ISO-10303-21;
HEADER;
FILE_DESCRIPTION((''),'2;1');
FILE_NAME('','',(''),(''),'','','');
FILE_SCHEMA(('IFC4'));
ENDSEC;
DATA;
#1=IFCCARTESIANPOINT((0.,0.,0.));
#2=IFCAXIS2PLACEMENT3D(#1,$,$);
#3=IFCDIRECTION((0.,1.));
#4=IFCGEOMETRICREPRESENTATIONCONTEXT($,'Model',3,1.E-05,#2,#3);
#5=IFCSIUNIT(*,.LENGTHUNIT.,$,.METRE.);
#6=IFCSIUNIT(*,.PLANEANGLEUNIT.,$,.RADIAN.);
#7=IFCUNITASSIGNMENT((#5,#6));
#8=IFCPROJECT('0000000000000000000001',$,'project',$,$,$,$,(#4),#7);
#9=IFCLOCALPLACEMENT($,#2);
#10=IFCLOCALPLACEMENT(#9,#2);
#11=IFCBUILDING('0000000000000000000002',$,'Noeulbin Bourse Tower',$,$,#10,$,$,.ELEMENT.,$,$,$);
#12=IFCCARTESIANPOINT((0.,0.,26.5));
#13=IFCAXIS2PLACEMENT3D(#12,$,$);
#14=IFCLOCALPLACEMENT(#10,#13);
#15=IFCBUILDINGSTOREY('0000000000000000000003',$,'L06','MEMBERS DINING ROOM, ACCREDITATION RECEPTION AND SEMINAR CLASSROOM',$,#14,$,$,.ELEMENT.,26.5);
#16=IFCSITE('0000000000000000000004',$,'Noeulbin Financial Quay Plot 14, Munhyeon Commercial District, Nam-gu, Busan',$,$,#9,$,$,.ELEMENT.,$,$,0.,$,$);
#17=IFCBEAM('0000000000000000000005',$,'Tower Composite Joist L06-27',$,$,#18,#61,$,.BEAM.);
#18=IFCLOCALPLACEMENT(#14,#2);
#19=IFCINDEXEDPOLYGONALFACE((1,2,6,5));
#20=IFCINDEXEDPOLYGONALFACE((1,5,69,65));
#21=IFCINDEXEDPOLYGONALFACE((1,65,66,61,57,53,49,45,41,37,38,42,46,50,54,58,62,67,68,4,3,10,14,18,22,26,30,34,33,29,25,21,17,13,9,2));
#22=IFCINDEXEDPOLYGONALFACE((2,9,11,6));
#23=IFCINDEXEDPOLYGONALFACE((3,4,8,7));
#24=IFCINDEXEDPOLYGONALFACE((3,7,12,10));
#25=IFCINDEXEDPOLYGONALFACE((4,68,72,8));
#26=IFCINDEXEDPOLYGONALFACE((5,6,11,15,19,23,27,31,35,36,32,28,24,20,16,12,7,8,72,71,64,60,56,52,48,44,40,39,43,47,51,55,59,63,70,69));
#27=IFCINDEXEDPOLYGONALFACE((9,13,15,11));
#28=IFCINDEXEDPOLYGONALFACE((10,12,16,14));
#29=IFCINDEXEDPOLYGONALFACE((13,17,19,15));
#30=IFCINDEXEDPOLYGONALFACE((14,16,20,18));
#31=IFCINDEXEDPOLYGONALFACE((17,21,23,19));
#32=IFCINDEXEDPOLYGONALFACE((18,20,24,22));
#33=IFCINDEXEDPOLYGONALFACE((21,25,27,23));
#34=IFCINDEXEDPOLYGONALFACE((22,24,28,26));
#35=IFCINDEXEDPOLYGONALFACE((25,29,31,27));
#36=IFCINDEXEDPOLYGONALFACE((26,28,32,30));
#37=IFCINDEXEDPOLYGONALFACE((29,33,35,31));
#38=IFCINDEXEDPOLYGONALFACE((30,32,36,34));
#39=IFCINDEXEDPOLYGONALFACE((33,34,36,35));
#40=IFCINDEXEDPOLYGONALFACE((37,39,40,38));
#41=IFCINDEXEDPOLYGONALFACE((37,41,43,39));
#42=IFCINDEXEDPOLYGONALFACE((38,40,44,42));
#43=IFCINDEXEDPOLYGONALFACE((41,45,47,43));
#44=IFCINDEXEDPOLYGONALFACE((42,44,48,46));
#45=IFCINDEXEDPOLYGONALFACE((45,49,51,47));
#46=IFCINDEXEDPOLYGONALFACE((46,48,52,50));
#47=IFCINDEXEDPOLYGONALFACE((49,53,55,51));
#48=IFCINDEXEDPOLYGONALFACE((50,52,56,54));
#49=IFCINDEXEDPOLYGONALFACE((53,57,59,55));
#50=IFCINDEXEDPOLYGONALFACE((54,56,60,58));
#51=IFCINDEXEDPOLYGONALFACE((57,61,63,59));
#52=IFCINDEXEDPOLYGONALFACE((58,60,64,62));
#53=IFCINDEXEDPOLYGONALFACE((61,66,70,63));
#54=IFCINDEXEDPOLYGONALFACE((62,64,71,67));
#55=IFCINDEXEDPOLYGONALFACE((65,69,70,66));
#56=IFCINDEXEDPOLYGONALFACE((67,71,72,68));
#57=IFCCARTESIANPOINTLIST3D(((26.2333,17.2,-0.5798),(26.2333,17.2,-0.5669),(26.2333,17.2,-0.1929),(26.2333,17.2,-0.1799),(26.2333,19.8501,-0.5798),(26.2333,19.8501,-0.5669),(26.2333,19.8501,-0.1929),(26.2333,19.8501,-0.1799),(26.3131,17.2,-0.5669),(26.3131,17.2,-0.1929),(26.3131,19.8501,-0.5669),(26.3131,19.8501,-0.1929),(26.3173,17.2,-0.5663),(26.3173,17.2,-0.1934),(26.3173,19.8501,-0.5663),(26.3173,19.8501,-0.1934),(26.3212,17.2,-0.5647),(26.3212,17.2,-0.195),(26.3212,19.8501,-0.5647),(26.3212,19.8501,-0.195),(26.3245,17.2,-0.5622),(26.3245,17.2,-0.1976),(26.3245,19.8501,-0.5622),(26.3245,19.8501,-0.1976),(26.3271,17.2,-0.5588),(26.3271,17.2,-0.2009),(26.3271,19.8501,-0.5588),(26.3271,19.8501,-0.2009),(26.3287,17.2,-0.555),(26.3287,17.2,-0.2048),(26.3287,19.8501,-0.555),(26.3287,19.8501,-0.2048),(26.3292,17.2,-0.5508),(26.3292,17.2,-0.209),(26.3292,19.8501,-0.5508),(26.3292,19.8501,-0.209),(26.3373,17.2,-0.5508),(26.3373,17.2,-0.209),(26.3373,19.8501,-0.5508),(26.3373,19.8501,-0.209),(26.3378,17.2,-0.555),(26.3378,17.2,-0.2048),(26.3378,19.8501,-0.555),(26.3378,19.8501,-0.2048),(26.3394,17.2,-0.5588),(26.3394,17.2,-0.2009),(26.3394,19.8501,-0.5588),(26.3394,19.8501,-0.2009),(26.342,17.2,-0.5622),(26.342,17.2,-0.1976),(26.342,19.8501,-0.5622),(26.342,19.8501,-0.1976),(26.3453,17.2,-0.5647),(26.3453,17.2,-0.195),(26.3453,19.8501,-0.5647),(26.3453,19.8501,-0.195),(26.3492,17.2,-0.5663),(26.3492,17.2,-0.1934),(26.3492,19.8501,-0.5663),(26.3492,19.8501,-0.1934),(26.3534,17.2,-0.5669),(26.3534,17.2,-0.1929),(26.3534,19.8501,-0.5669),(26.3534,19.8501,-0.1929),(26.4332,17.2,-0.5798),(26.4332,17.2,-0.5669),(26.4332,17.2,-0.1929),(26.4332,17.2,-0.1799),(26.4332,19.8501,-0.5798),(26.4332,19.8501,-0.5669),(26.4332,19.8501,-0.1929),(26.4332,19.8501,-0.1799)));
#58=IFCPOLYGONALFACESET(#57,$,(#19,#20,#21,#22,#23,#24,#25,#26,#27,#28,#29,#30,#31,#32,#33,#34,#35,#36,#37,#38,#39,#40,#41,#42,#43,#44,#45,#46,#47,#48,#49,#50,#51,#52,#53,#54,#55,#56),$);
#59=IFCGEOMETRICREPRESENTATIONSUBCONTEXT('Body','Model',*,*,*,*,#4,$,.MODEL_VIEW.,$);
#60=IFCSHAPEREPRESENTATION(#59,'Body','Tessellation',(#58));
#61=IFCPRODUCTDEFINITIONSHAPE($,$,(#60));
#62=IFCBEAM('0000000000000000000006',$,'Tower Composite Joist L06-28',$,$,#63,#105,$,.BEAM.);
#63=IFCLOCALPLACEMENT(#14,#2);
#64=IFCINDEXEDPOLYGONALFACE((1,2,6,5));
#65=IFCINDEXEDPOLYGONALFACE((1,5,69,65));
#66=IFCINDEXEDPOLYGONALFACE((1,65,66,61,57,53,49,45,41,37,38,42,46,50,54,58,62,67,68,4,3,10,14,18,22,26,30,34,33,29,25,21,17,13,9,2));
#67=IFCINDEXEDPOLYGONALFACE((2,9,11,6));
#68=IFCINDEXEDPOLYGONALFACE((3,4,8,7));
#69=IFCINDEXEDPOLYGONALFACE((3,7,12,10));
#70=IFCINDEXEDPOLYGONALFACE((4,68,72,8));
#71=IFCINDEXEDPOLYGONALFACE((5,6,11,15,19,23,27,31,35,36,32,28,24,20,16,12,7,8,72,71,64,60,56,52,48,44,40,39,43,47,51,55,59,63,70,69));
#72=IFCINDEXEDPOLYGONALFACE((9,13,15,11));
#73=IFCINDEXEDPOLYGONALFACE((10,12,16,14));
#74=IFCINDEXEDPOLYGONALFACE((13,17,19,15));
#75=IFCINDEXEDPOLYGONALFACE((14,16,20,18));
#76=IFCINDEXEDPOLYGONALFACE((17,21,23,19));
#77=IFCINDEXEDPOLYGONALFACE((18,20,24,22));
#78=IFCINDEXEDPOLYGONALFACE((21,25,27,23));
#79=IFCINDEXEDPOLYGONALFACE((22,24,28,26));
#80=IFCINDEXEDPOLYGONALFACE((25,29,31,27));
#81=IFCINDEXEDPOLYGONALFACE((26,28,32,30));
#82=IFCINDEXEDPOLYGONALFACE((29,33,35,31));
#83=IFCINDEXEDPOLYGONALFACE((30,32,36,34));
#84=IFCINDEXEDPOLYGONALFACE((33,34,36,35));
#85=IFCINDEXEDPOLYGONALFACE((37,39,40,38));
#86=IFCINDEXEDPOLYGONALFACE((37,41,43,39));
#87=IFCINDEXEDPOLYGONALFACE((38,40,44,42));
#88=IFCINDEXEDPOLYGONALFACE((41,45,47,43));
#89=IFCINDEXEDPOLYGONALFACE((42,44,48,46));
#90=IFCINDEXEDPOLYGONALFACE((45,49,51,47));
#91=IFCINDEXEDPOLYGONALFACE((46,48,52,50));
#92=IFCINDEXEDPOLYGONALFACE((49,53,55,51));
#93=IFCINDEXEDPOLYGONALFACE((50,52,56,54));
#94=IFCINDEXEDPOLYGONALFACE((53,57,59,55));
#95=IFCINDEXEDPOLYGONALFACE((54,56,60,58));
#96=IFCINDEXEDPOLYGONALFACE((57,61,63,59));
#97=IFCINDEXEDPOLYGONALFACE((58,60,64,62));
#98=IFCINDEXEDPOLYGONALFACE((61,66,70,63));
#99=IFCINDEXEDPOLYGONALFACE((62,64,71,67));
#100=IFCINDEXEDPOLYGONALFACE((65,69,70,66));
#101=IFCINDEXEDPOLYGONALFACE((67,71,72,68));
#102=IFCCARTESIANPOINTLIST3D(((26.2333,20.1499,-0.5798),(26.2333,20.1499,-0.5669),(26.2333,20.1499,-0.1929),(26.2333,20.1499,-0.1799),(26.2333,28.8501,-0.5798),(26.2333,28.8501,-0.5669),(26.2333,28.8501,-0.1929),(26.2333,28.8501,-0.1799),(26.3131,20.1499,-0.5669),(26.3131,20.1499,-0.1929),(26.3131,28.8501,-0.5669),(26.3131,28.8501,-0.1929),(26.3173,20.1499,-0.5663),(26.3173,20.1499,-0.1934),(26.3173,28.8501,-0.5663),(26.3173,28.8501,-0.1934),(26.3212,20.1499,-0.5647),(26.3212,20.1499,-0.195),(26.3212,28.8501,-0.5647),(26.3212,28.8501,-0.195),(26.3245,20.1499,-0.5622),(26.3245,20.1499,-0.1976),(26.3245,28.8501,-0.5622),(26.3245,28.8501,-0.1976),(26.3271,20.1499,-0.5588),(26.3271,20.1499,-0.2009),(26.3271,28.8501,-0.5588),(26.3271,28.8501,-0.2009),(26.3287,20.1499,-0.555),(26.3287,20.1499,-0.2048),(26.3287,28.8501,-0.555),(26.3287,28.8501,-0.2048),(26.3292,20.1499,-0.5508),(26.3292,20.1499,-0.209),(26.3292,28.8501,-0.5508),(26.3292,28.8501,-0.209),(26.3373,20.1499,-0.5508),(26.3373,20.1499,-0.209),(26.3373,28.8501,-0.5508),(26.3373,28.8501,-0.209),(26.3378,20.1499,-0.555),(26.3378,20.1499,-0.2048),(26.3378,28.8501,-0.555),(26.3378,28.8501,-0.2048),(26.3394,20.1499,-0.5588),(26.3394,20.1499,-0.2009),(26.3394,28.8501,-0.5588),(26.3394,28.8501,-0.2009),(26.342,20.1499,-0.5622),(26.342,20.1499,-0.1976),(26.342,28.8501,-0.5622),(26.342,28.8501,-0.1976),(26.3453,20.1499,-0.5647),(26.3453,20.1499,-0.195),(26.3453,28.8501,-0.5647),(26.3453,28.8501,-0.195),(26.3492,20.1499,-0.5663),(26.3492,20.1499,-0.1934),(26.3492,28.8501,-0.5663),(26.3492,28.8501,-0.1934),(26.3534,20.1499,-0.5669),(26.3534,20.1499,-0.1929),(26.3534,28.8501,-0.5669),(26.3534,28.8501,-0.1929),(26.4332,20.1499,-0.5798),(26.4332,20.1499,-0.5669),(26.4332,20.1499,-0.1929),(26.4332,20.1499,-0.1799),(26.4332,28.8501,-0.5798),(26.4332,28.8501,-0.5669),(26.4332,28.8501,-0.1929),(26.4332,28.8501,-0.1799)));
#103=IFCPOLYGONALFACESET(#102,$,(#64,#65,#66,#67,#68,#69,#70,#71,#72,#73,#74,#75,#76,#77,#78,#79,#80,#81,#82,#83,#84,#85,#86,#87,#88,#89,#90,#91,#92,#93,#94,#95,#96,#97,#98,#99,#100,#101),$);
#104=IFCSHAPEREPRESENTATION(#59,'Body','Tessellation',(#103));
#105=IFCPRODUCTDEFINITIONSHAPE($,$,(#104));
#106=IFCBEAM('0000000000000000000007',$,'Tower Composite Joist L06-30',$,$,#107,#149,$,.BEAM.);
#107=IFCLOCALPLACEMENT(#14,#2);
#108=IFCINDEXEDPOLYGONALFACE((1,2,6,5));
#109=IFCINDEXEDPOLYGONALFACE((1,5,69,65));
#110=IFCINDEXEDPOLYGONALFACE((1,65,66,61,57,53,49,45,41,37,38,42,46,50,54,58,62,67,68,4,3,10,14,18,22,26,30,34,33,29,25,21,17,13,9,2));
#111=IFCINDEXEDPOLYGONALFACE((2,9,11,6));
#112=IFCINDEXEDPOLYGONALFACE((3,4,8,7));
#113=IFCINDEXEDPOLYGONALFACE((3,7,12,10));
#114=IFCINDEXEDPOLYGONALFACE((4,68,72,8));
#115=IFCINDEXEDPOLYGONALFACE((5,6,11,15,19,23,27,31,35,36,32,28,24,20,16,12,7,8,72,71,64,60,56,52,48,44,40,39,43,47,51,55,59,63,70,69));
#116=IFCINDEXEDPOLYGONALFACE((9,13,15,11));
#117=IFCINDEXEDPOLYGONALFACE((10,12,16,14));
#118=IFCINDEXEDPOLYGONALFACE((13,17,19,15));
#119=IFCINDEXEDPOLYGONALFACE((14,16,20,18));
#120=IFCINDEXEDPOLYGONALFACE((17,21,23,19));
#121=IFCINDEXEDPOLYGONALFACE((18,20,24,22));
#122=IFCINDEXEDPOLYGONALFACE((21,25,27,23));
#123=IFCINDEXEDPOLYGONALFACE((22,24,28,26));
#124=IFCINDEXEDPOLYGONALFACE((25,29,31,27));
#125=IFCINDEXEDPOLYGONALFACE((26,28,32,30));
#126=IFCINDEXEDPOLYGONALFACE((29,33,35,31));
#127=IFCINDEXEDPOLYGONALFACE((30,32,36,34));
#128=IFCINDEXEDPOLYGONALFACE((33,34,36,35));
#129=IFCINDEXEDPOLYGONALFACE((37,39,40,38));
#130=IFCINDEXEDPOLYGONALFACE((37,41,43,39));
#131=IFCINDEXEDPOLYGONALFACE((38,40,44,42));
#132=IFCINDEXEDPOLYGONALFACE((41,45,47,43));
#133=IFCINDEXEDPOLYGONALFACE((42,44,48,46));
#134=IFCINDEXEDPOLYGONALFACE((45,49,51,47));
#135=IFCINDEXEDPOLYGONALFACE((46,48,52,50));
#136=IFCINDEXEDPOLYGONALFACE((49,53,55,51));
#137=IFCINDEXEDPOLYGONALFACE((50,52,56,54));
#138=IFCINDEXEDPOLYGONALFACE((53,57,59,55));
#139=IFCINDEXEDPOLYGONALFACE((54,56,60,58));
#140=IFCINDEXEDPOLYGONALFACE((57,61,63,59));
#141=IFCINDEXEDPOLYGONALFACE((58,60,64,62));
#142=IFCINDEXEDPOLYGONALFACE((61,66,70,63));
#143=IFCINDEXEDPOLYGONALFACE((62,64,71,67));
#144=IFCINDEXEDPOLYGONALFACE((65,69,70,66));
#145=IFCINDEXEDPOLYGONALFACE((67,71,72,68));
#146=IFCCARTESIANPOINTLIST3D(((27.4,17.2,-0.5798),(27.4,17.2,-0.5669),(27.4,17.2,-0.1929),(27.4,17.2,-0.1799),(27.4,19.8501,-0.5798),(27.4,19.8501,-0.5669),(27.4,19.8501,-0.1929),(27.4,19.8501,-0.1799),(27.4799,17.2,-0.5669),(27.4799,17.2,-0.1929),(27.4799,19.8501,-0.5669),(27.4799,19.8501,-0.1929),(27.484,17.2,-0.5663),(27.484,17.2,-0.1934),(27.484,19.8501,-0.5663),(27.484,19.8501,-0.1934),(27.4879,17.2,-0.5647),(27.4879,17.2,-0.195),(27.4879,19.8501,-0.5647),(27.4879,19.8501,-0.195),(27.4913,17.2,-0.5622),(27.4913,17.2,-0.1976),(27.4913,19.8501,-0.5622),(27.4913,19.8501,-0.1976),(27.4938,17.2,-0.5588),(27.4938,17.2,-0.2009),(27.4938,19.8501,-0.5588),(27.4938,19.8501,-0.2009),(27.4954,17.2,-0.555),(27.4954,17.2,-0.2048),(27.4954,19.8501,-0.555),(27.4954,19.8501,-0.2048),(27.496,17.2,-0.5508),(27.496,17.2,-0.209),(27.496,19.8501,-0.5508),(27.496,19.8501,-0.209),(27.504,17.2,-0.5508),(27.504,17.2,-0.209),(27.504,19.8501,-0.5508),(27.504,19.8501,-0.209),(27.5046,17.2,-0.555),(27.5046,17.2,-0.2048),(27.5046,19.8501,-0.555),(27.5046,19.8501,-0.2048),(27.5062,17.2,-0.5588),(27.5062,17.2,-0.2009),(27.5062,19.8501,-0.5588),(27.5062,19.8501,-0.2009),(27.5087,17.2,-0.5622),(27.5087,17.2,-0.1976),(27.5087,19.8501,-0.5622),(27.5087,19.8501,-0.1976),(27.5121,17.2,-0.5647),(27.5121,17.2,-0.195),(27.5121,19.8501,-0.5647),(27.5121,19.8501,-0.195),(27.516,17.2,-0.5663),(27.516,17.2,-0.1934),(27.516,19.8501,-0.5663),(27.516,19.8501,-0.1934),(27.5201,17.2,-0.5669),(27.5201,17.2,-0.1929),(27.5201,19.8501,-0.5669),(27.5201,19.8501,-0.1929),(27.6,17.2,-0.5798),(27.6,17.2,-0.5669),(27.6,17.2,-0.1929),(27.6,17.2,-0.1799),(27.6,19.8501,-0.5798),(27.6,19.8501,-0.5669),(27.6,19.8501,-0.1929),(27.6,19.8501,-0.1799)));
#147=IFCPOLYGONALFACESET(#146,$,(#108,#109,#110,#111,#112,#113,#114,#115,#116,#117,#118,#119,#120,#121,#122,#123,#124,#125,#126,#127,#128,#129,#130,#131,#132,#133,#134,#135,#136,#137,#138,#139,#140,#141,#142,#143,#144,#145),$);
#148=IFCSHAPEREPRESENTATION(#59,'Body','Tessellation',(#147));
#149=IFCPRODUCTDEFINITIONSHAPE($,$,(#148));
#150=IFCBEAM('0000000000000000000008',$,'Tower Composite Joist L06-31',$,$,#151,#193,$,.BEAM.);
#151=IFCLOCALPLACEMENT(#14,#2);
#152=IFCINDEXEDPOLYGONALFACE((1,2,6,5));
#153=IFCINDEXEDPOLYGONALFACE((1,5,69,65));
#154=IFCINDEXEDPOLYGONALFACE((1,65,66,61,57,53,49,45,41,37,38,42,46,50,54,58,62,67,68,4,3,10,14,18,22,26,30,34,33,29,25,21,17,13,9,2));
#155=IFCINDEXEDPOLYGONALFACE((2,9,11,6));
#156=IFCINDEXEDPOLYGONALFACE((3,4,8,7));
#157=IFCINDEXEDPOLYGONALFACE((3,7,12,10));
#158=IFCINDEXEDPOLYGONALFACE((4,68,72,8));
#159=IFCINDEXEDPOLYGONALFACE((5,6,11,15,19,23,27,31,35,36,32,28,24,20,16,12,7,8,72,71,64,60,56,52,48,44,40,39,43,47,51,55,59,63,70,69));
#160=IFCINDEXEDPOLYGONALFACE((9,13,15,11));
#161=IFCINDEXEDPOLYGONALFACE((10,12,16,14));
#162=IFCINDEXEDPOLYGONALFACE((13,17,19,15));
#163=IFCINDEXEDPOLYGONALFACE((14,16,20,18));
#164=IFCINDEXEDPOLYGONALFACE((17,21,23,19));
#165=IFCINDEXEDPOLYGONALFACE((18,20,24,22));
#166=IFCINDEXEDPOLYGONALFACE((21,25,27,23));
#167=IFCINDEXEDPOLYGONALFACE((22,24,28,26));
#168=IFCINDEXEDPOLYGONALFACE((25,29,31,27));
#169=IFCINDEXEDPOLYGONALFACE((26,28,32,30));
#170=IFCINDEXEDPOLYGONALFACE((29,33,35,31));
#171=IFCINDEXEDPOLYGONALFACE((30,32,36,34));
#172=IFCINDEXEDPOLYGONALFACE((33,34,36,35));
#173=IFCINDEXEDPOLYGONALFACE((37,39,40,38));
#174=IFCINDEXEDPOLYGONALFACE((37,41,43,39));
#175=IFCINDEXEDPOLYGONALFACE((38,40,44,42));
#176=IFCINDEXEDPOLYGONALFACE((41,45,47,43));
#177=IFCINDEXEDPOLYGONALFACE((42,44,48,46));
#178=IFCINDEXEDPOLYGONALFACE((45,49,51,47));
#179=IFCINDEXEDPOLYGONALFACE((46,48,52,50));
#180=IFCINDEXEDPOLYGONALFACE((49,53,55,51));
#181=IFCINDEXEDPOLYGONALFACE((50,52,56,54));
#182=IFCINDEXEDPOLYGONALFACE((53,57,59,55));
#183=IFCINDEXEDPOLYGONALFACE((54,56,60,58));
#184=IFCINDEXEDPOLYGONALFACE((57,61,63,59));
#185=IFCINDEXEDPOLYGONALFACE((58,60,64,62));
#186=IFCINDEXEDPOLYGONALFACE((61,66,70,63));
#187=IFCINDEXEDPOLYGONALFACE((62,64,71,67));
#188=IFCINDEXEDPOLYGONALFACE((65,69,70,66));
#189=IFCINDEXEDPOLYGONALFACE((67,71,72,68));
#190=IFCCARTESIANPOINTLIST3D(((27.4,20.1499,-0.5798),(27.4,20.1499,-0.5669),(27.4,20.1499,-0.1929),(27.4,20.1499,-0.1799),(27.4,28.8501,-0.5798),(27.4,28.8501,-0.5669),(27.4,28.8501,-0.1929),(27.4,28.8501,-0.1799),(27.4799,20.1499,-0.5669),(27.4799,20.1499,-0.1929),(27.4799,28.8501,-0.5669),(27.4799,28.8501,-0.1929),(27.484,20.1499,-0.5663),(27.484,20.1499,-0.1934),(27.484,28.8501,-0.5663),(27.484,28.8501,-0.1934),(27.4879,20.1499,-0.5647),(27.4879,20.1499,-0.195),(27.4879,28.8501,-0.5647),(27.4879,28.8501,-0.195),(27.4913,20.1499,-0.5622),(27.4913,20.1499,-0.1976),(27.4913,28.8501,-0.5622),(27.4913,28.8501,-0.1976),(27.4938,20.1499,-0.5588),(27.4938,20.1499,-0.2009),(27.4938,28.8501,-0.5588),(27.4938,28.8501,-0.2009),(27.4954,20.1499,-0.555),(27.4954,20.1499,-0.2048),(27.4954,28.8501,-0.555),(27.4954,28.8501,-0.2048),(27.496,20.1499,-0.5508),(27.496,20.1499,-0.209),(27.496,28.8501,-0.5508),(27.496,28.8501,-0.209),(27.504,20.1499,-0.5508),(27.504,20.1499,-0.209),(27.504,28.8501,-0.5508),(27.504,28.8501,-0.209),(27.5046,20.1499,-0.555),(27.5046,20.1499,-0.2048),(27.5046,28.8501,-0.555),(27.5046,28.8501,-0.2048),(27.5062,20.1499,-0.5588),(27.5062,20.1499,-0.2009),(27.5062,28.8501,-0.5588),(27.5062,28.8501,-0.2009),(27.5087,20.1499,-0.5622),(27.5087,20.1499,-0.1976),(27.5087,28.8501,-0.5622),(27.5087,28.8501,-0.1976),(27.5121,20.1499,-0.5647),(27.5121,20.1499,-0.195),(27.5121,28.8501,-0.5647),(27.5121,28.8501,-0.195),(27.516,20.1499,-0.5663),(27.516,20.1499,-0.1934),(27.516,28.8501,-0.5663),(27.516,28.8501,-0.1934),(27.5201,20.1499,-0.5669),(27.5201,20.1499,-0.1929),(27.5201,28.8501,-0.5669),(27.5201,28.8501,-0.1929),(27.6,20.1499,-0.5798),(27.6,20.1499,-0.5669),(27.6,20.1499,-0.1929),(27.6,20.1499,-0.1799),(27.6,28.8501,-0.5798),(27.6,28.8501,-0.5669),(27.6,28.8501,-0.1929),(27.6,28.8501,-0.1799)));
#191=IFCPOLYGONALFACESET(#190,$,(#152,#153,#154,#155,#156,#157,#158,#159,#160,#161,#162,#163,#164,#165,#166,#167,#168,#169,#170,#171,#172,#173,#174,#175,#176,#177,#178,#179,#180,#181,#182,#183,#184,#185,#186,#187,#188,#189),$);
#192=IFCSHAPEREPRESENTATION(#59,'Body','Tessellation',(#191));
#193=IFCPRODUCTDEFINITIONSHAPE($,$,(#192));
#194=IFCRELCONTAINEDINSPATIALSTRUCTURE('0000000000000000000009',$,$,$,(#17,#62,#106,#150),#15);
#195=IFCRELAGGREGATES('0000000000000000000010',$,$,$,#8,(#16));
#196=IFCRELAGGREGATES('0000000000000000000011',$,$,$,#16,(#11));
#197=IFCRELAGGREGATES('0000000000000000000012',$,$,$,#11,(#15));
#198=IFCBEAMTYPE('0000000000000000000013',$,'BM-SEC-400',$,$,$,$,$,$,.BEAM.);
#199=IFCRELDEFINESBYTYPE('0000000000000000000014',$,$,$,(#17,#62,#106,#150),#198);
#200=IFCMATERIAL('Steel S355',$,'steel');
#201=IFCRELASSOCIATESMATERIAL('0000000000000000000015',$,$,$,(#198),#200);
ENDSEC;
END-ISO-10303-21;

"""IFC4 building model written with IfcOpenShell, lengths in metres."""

from ifc_helpers import new_model, si_unit, direction, frame, origin, origin_2d, place, context, subcontext, project, spatial, i_section, extrude, material, material_profile, profile_set, type_object, element, save


model = new_model("IFC4")

# Units and contexts
model_context = context("Model", 3, precision=1e-05, world=origin(), true_north=direction((0.0, 1.0)))
body_context = subcontext(model_context, "Body", "Model", "MODEL_VIEW")
ifc_project = project(units=[si_unit("LENGTHUNIT", "METRE"), si_unit("PLANEANGLEUNIT", "RADIAN")], contexts=[model_context])

# Site, building, storey
site_placement = place(None, origin())
site = spatial("IfcSite", under=ifc_project, at=site_placement, Name="Noeulbin Financial Quay Plot 14, Munhyeon Commercial District, Nam-gu, Busan", CompositionType="ELEMENT", RefElevation=0.0)
building_placement = place(site_placement, origin())
building = spatial("IfcBuilding", under=site, at=building_placement, Name="Noeulbin Bourse Tower", CompositionType="ELEMENT")
storey_placement = place(building_placement, frame((0.0, 0.0, 26.5)))
storey = spatial("IfcBuildingStorey", under=building, at=storey_placement, Name="L06", Description="MEMBERS DINING ROOM, ACCREDITATION RECEPTION AND SEMINAR CLASSROOM", CompositionType="ELEMENT", Elevation=26.5)

# Beams
ifc_material_1 = material(Name="Steel S355", Category="steel")
ifc_material_profile_1 = material_profile(ifc_material_1, i_section(OverallWidth=0.2, OverallDepth=0.3999, WebThickness=0.0081, FlangeThickness=0.0129, FilletRadius=0.0161, at=origin_2d()), Name="H-400x200x8x13", Category="LoadBearing")
ifc_profile_set_1 = profile_set([ifc_material_profile_1], Name="Steel S355")
beam_type_1 = type_object("IfcBeamType", Name="BM-SEC-400", PredefinedType="BEAM", material=ifc_profile_set_1)
beam_1_placement = place(storey_placement, frame((26.3333, 17.2, -0.3799), z_axis=(0.0, 1.0, 0.0), x_axis=(-1.0, 0.0, 0.0)))
element("IfcBeam", 1, at=beam_1_placement, inside=storey, type_object=beam_type_1, Name="Tower Composite Joist L06-27", PredefinedType="BEAM", context=body_context, shape_type="SweptSolid", body=[
    extrude(i_section(OverallWidth=0.2, OverallDepth=0.3999, WebThickness=0.0081, FlangeThickness=0.0129, FilletRadius=0.0161, at=origin_2d()), origin(), (0.0, 0.0, 1.0), 2.6501),
])
beam_2_placement = place(storey_placement, frame((26.3333, 20.1499, -0.3799), z_axis=(0.0, 1.0, 0.0), x_axis=(-1.0, 0.0, 0.0)))
element("IfcBeam", 2, at=beam_2_placement, inside=storey, type_object=beam_type_1, Name="Tower Composite Joist L06-28", PredefinedType="BEAM", context=body_context, shape_type="SweptSolid", body=[
    extrude(i_section(OverallWidth=0.2, OverallDepth=0.3999, WebThickness=0.0081, FlangeThickness=0.0129, FilletRadius=0.0161, at=origin_2d()), origin(), (0.0, 0.0, 1.0), 8.7002),
])
beam_3_placement = place(storey_placement, frame((27.5, 17.2, -0.3799), z_axis=(0.0, 1.0, 0.0), x_axis=(-1.0, 0.0, 0.0)))
element("IfcBeam", 3, at=beam_3_placement, inside=storey, type_object=beam_type_1, Name="Tower Composite Joist L06-30", PredefinedType="BEAM", context=body_context, shape_type="SweptSolid", body=[
    extrude(i_section(OverallWidth=0.2, OverallDepth=0.3999, WebThickness=0.0081, FlangeThickness=0.0129, FilletRadius=0.0161, at=origin_2d()), origin(), (0.0, 0.0, 1.0), 2.6501),
])
beam_4_placement = place(storey_placement, frame((27.5, 20.1499, -0.3799), z_axis=(0.0, 1.0, 0.0), x_axis=(-1.0, 0.0, 0.0)))
element("IfcBeam", 4, at=beam_4_placement, inside=storey, type_object=beam_type_1, Name="Tower Composite Joist L06-31", PredefinedType="BEAM", context=body_context, shape_type="SweptSolid", body=[
    extrude(i_section(OverallWidth=0.2, OverallDepth=0.3999, WebThickness=0.0081, FlangeThickness=0.0129, FilletRadius=0.0161, at=origin_2d()), origin(), (0.0, 0.0, 1.0), 8.7002),
])

save(model, "model.ifc")
